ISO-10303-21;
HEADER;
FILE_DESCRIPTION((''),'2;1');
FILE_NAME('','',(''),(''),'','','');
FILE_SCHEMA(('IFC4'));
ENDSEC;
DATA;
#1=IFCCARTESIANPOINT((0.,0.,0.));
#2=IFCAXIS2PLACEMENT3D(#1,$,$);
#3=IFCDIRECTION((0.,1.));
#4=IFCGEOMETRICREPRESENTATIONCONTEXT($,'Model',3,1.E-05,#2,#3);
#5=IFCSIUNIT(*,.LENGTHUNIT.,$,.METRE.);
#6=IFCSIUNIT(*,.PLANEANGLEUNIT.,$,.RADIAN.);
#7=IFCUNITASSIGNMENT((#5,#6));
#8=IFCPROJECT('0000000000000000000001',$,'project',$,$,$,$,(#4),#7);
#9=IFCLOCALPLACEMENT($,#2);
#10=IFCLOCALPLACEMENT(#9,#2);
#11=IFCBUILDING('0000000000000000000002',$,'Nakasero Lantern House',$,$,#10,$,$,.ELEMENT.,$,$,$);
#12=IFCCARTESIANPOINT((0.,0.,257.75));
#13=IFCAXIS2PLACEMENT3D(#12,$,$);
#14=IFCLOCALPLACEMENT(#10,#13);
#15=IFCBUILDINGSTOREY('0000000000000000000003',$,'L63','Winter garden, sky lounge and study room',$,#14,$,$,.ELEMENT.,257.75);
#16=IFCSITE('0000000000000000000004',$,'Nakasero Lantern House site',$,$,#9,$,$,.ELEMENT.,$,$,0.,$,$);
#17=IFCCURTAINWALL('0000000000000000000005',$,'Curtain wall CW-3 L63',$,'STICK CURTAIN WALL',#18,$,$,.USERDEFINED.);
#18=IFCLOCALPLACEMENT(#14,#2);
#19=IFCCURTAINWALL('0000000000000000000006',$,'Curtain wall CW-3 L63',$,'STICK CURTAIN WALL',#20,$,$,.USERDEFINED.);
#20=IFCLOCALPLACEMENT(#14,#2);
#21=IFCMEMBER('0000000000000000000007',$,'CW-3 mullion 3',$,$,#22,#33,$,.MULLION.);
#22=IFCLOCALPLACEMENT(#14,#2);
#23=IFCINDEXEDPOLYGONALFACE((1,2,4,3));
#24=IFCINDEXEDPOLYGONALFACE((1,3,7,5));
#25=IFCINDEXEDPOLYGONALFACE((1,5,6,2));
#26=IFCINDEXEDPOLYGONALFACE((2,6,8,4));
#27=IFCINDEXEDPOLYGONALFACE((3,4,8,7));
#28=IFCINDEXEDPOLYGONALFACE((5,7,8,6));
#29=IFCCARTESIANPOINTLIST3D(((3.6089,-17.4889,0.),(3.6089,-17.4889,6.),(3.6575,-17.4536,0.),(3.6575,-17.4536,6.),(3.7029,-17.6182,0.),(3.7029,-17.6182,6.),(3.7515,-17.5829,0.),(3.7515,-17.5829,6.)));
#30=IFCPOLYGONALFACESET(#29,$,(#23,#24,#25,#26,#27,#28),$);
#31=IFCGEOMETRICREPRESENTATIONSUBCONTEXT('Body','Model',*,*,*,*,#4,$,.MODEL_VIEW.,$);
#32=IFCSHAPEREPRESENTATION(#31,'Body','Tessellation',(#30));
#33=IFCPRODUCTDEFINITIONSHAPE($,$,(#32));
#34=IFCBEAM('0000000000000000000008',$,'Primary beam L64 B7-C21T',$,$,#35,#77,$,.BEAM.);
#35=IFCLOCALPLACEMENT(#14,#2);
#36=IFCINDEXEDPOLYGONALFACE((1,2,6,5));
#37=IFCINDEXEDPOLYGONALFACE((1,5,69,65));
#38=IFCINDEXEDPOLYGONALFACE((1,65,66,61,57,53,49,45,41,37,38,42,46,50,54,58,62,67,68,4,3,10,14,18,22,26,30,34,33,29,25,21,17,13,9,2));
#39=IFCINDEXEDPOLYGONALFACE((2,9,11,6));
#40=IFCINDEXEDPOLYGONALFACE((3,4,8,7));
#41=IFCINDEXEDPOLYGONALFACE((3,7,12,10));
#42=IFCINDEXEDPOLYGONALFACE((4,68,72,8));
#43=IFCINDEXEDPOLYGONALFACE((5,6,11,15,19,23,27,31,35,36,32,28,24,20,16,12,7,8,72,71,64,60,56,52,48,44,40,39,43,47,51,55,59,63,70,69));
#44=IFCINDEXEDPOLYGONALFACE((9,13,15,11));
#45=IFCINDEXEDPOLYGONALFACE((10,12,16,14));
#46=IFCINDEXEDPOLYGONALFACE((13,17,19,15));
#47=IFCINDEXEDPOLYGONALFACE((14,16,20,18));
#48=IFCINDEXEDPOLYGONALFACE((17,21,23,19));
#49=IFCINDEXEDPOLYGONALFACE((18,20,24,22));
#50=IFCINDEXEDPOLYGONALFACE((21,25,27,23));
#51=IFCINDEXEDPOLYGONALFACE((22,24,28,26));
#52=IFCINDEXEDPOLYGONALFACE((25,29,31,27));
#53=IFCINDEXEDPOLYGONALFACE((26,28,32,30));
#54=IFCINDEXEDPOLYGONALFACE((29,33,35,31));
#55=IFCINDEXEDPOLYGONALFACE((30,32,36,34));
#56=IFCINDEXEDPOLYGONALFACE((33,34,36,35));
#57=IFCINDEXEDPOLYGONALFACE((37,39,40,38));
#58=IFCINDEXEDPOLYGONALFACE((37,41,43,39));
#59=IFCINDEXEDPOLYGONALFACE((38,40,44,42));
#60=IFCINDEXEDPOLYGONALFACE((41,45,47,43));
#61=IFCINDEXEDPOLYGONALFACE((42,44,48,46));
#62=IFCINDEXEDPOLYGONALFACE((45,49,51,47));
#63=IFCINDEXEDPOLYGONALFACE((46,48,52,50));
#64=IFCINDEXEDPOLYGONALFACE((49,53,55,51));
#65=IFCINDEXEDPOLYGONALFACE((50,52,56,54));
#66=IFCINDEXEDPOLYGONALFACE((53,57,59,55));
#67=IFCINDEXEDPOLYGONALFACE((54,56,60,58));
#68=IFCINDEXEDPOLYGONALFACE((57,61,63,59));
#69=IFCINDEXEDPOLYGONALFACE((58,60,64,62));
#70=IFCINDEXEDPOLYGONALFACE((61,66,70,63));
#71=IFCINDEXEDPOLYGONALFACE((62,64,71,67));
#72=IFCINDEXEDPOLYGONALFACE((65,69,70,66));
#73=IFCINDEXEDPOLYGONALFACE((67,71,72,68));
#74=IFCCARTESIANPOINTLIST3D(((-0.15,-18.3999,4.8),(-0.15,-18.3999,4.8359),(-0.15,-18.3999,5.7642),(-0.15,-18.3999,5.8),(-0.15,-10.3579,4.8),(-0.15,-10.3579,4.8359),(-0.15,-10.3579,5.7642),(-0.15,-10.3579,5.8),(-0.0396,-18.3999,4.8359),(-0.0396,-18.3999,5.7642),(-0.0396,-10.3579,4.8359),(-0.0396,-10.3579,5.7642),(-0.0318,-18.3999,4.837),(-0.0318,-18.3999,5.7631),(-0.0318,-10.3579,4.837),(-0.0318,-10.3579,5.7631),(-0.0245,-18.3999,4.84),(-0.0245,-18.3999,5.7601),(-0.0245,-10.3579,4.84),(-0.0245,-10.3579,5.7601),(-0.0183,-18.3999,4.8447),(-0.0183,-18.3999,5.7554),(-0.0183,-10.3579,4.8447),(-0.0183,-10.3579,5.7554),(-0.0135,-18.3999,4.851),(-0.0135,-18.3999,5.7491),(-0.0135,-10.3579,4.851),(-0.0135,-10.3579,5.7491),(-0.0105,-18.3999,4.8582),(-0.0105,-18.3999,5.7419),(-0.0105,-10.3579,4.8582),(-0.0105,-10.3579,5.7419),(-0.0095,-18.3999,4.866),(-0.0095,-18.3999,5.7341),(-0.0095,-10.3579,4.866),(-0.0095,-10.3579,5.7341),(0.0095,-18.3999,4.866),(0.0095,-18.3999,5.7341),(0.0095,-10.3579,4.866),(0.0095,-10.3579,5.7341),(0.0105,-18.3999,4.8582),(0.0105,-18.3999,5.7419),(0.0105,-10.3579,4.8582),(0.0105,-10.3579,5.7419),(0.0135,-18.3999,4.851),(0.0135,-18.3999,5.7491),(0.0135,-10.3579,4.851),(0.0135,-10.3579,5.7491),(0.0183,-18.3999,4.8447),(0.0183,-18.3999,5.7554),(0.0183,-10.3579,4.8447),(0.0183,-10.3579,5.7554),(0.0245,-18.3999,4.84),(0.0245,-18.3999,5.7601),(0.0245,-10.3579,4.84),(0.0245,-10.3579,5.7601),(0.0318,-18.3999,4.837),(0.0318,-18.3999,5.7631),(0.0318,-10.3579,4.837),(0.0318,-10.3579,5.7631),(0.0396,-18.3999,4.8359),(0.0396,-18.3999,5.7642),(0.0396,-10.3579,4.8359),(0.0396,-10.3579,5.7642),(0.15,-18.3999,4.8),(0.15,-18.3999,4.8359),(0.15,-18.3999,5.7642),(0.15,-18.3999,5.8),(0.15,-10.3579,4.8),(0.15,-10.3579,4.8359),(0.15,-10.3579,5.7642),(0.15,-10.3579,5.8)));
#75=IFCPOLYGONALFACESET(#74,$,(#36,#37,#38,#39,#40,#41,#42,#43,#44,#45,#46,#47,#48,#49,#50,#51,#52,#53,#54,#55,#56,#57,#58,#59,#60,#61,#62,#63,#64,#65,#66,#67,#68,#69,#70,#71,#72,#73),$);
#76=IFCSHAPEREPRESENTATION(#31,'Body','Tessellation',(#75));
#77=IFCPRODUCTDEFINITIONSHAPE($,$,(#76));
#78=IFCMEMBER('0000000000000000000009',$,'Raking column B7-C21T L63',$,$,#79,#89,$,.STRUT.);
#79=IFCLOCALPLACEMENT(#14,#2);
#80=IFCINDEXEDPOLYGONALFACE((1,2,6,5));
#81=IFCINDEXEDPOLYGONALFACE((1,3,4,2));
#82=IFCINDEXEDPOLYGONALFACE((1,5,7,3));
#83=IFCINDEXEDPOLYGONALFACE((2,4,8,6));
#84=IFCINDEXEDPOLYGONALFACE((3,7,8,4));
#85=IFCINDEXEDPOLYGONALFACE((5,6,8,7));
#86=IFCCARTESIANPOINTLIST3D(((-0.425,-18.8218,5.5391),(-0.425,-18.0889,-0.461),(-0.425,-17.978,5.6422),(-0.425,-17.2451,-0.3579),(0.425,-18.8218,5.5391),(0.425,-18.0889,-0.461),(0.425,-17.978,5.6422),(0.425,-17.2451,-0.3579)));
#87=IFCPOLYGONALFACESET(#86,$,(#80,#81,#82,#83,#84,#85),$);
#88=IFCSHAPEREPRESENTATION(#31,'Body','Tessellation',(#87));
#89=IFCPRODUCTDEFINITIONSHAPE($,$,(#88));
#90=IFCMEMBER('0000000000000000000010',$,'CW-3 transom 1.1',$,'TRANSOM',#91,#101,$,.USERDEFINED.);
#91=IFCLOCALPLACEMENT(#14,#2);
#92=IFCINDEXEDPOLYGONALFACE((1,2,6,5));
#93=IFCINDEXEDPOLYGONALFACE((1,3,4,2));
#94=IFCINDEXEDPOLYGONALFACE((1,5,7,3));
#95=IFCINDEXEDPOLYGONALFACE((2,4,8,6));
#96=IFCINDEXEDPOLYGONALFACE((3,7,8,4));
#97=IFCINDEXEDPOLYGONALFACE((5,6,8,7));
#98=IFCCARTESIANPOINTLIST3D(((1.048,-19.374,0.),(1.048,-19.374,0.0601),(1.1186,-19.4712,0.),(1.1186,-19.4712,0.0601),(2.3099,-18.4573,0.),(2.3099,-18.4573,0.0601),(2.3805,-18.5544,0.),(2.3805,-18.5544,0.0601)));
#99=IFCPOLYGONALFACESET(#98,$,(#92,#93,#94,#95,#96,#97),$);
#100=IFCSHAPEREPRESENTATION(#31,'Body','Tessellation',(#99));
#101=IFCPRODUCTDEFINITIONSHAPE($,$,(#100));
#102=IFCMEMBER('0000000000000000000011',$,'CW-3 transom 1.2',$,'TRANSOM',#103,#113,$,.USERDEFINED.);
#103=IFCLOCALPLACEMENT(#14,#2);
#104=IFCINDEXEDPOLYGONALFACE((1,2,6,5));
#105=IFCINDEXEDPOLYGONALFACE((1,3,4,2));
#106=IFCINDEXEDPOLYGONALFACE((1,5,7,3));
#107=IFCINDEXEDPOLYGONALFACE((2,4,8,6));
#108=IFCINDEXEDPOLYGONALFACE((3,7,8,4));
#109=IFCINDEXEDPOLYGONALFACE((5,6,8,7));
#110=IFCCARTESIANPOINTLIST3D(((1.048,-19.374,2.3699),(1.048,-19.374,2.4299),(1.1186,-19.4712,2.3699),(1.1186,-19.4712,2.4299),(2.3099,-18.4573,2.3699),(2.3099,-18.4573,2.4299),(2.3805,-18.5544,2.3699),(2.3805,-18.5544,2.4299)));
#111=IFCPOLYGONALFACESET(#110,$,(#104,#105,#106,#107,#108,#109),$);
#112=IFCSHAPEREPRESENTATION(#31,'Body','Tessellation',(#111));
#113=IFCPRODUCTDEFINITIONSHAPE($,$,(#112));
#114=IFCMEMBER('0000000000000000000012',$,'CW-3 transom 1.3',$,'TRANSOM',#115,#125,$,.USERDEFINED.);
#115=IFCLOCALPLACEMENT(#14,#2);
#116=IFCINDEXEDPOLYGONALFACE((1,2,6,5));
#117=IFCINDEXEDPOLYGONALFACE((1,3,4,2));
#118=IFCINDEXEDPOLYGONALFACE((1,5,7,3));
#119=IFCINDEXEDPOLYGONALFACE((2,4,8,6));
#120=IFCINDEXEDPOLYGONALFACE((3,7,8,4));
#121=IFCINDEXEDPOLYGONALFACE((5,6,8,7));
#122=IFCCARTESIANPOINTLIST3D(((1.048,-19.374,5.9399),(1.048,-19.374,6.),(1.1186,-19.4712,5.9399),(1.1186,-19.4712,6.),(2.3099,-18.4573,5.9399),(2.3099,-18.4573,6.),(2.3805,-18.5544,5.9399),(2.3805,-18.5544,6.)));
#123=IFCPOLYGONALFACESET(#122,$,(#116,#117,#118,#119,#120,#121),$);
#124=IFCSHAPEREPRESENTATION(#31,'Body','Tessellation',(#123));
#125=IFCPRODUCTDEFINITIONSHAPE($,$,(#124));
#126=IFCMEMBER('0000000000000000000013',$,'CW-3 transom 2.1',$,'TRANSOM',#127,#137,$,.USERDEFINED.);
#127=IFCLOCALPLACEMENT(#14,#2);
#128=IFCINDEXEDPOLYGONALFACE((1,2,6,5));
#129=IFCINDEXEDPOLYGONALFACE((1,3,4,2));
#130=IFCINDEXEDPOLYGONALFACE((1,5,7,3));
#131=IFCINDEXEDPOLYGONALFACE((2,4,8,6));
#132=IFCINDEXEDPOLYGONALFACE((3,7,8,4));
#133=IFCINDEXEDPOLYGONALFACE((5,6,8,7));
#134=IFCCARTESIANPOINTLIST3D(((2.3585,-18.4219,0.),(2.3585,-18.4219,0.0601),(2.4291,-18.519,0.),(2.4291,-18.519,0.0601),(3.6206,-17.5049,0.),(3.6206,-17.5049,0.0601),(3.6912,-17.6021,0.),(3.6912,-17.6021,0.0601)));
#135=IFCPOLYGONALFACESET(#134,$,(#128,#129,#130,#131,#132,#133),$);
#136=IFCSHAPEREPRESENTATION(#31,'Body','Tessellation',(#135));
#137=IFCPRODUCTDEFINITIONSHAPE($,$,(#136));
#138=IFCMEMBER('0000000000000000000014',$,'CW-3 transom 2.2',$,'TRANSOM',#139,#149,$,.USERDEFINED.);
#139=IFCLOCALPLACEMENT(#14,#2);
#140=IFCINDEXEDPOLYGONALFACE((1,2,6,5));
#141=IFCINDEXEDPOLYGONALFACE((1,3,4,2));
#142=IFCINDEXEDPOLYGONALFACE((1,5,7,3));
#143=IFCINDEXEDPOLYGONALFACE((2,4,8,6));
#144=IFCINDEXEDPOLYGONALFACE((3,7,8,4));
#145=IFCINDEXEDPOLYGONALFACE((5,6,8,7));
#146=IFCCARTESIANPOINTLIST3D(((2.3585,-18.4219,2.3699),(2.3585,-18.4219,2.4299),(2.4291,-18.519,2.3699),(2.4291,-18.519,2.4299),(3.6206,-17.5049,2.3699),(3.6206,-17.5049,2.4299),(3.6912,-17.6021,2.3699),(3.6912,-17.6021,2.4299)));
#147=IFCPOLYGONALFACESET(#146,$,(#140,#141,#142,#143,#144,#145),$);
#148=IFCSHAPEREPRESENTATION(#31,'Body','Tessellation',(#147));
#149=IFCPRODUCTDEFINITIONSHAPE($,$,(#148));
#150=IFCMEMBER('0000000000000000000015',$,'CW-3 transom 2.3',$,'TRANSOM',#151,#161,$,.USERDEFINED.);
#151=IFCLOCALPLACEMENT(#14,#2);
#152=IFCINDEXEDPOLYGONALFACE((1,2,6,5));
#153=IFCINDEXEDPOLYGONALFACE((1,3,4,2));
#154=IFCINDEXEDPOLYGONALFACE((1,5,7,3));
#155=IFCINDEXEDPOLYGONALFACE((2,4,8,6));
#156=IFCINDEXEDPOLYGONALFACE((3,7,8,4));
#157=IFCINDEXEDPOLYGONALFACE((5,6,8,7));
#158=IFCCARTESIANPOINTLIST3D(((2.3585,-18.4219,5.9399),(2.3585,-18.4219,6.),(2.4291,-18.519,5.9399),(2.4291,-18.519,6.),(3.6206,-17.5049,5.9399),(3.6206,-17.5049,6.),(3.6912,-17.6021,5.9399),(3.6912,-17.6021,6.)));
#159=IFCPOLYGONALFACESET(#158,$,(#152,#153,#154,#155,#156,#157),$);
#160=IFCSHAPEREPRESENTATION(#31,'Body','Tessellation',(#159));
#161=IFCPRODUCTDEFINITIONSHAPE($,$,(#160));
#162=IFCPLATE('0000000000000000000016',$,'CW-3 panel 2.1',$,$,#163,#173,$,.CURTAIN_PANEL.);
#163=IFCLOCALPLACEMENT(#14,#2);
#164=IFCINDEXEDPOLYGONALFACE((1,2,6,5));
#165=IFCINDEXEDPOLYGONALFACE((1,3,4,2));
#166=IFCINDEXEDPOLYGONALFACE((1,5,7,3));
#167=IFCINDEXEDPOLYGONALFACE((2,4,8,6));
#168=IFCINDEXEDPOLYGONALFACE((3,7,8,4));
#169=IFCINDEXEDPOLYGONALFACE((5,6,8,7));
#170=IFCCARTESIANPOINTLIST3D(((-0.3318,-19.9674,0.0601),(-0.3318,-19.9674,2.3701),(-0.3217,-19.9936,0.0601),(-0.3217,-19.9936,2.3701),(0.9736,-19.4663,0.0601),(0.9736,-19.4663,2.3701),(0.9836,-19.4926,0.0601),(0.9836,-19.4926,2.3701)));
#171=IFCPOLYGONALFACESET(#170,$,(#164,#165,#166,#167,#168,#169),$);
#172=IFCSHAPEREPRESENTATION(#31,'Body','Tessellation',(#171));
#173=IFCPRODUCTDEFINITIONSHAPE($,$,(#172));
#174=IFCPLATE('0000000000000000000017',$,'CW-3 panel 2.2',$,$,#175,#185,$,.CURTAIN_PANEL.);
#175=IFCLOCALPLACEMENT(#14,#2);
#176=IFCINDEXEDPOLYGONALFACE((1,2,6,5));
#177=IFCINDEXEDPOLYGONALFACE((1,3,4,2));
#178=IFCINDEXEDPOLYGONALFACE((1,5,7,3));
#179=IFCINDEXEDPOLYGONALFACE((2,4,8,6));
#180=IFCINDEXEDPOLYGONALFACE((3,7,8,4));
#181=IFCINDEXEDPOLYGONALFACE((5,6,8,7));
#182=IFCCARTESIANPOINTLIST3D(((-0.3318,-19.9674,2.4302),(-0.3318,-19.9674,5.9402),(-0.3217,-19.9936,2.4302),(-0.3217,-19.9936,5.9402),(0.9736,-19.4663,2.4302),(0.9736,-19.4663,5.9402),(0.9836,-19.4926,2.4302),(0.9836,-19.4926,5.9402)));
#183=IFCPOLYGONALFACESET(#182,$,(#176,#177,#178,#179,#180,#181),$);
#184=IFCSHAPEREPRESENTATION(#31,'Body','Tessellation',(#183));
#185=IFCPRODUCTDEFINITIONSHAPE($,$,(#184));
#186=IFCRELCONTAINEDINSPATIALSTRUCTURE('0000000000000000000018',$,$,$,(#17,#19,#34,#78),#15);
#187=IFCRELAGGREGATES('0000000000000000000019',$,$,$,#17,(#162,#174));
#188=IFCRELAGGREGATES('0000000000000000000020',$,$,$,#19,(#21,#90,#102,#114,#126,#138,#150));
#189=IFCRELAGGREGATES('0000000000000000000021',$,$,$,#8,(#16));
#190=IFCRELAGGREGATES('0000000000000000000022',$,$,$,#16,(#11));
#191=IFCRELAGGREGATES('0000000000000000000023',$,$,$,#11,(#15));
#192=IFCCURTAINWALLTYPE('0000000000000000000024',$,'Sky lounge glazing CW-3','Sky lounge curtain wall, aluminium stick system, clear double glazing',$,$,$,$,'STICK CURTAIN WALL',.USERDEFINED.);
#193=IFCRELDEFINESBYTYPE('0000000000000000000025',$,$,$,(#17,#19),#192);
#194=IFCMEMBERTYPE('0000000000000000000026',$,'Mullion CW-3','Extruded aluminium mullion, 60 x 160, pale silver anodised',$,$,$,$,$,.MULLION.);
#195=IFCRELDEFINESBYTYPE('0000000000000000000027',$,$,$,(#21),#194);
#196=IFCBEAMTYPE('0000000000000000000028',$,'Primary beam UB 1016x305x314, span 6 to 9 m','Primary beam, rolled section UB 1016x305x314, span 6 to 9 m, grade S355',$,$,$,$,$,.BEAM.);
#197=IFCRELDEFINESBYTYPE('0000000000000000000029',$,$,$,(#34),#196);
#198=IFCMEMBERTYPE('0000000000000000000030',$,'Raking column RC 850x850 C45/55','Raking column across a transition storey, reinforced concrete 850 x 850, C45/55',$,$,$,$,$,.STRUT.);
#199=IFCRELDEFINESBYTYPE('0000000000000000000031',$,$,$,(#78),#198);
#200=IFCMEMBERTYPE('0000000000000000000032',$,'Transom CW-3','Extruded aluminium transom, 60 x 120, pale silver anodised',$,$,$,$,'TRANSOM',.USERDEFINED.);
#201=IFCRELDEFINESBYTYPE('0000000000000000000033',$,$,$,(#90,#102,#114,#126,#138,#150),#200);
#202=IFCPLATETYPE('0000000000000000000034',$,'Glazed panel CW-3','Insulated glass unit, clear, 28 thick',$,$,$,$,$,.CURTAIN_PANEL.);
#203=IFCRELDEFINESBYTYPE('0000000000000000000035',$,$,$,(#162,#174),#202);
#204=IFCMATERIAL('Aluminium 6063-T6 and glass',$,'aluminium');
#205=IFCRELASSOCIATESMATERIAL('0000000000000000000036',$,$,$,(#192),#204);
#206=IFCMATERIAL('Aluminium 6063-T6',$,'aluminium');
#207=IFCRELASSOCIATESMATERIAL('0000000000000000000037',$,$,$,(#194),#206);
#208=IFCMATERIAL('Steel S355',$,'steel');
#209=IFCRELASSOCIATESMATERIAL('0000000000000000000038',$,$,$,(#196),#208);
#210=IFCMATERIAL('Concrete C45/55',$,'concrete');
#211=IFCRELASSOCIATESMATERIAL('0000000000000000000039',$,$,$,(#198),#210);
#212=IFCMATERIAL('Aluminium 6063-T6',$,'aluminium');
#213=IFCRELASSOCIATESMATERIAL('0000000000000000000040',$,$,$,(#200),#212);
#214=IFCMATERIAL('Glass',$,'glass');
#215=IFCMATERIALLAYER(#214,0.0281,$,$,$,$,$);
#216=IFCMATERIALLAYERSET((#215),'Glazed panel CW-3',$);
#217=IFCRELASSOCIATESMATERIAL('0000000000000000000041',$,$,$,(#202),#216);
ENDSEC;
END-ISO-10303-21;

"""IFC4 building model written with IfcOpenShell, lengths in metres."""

from ifc_helpers import new_model, si_unit, direction, frame, origin, origin_2d, place, context, subcontext, project, spatial, rectangle, i_section, extrude, material, layer, layer_set, material_profile, profile_set, type_object, element, aggregate, save


model = new_model("IFC4")

# Units and contexts
model_context = context("Model", 3, precision=1e-05, world=origin(), true_north=direction((0.0, 1.0)))
body_context = subcontext(model_context, "Body", "Model", "MODEL_VIEW")
ifc_project = project(units=[si_unit("LENGTHUNIT", "METRE"), si_unit("PLANEANGLEUNIT", "RADIAN")], contexts=[model_context])

# Site, building, storey
site_placement = place(None, origin())
site = spatial("IfcSite", under=ifc_project, at=site_placement, Name="Nakasero Lantern House site", CompositionType="ELEMENT", RefElevation=0.0)
building_placement = place(site_placement, origin())
building = spatial("IfcBuilding", under=site, at=building_placement, Name="Nakasero Lantern House", CompositionType="ELEMENT")
storey_placement = place(building_placement, frame((0.0, 0.0, 257.75)))
storey = spatial("IfcBuildingStorey", under=building, at=storey_placement, Name="L63", Description="Winter garden, sky lounge and study room", CompositionType="ELEMENT", Elevation=257.75)

# Curtain wall
ifc_material_1 = material(Name="Aluminium 6063-T6 and glass", Category="aluminium")
curtain_wall_type = type_object("IfcCurtainWallType", Name="Sky lounge glazing CW-3", Description="Sky lounge curtain wall, aluminium stick system, clear double glazing", ElementType="STICK CURTAIN WALL", PredefinedType="USERDEFINED", material=ifc_material_1)
curtain_wall_1_placement = place(storey_placement, origin())
curtain_wall_1 = element("IfcCurtainWall", 1, at=curtain_wall_1_placement, inside=storey, type_object=curtain_wall_type, Name="Curtain wall CW-3 L63", ObjectType="STICK CURTAIN WALL", PredefinedType="USERDEFINED")
ifc_material_2 = material(Name="Aluminium 6063-T6", Category="aluminium")
ifc_material_profile_1 = material_profile(ifc_material_2, rectangle(XDim=0.0601, YDim=0.1599, at=origin_2d()), Name="CW-3 mullion 60x160")
ifc_profile_set_1 = profile_set([ifc_material_profile_1], Name="Aluminium 6063-T6")
member_type_1 = type_object("IfcMemberType", Name="Mullion CW-3", Description="Extruded aluminium mullion, 60 x 160, pale silver anodised", PredefinedType="MULLION", material=ifc_profile_set_1)

# Curtain wall, member
curtain_wall_2_placement = place(storey_placement, origin())
curtain_wall_2 = element("IfcCurtainWall", 2, at=curtain_wall_2_placement, inside=storey, type_object=curtain_wall_type, Name="Curtain wall CW-3 L63", ObjectType="STICK CURTAIN WALL", PredefinedType="USERDEFINED")
member_1_placement = place(storey_placement, frame((3.6802, -17.5359, 0.0), z_axis=(0.0, 0.0, 1.0), x_axis=(0.809017, 0.587785, 0.0)))
member_1 = element("IfcMember", 3, at=member_1_placement, type_object=member_type_1, Name="CW-3 mullion 3", PredefinedType="MULLION", context=body_context, shape_type="SweptSolid", body=[
    extrude(rectangle(XDim=0.0601, YDim=0.1599, at=origin_2d()), origin(), (0.0, 0.0, 1.0), 6.0),
])

# Beam
ifc_material_3 = material(Name="Steel S355", Category="steel")
ifc_material_profile_2 = material_profile(ifc_material_3, i_section(OverallWidth=0.3, OverallDepth=1.0, WebThickness=0.019, FlangeThickness=0.0359, FilletRadius=0.03, at=origin_2d()), Name="UB 1016x305x314")
ifc_profile_set_2 = profile_set([ifc_material_profile_2], Name="Steel S355")
beam_type_1 = type_object("IfcBeamType", Name="Primary beam UB 1016x305x314, span 6 to 9 m", Description="Primary beam, rolled section UB 1016x305x314, span 6 to 9 m, grade S355", PredefinedType="BEAM", material=ifc_profile_set_2)
beam_1_placement = place(storey_placement, frame((0.0, -18.3999, 5.3), z_axis=(0.0, 1.0, 0.0), x_axis=(-1.0, 0.0, 0.0)))
element("IfcBeam", 4, at=beam_1_placement, inside=storey, type_object=beam_type_1, Name="Primary beam L64 B7-C21T", PredefinedType="BEAM", context=body_context, shape_type="SweptSolid", body=[
    extrude(i_section(OverallWidth=0.3, OverallDepth=1.0, WebThickness=0.019, FlangeThickness=0.0359, FilletRadius=0.03, at=origin_2d()), origin(), (0.0, 0.0, 1.0), 8.042),
])

# Members
ifc_material_4 = material(Name="Concrete C45/55", Category="concrete")
ifc_material_profile_3 = material_profile(ifc_material_4, rectangle(XDim=0.8501, YDim=0.8501, at=origin_2d()), Name="RC 850x850")
ifc_profile_set_3 = profile_set([ifc_material_profile_3], Name="Concrete C45/55")
member_type_2 = type_object("IfcMemberType", Name="Raking column RC 850x850 C45/55", Description="Raking column across a transition storey, reinforced concrete 850 x 850, C45/55", PredefinedType="STRUT", material=ifc_profile_set_3)
member_2_placement = place(storey_placement, frame((0.0, -17.667, -0.4094), z_axis=(0.0, -0.12125, 0.992622), x_axis=(1.0, 0.0, 0.0)))
element("IfcMember", 5, at=member_2_placement, inside=storey, type_object=member_type_2, Name="Raking column B7-C21T L63", PredefinedType="STRUT", context=body_context, shape_type="SweptSolid", body=[
    extrude(rectangle(XDim=0.8501, YDim=0.8501, at=origin_2d()), origin(), (0.0, 0.0, 1.0), 6.0447),
])
ifc_material_5 = material(Name="Aluminium 6063-T6", Category="aluminium")
ifc_material_profile_4 = material_profile(ifc_material_5, rectangle(XDim=0.0601, YDim=0.1201, at=origin_2d()), Name="CW-3 transom 60x120")
ifc_profile_set_4 = profile_set([ifc_material_profile_4], Name="Aluminium 6063-T6")
member_type_3 = type_object("IfcMemberType", Name="Transom CW-3", Description="Extruded aluminium transom, 60 x 120, pale silver anodised", ElementType="TRANSOM", PredefinedType="USERDEFINED", material=ifc_profile_set_4)
member_3_placement = place(storey_placement, frame((1.0833, -19.4226, 0.03), z_axis=(0.809054, 0.587734, 0.0), x_axis=(0.0, 0.0, 1.0)))
member_3 = element("IfcMember", 6, at=member_3_placement, type_object=member_type_3, Name="CW-3 transom 1.1", ObjectType="TRANSOM", PredefinedType="USERDEFINED", context=body_context, shape_type="SweptSolid", body=[
    extrude(rectangle(XDim=0.0601, YDim=0.1201, at=origin_2d()), origin(), (0.0, 0.0, 1.0), 1.5598),
])
member_4_placement = place(storey_placement, frame((1.0833, -19.4226, 2.3999), z_axis=(0.809054, 0.587734, 0.0), x_axis=(0.0, 0.0, 1.0)))
member_4 = element("IfcMember", 7, at=member_4_placement, type_object=member_type_3, Name="CW-3 transom 1.2", ObjectType="TRANSOM", PredefinedType="USERDEFINED", context=body_context, shape_type="SweptSolid", body=[
    extrude(rectangle(XDim=0.0601, YDim=0.1201, at=origin_2d()), origin(), (0.0, 0.0, 1.0), 1.5598),
])
member_5_placement = place(storey_placement, frame((1.0833, -19.4226, 5.97), z_axis=(0.809054, 0.587734, 0.0), x_axis=(0.0, 0.0, 1.0)))
member_5 = element("IfcMember", 8, at=member_5_placement, type_object=member_type_3, Name="CW-3 transom 1.3", ObjectType="TRANSOM", PredefinedType="USERDEFINED", context=body_context, shape_type="SweptSolid", body=[
    extrude(rectangle(XDim=0.0601, YDim=0.1201, at=origin_2d()), origin(), (0.0, 0.0, 1.0), 1.5598),
])
member_6_placement = place(storey_placement, frame((2.3938, -18.4705, 0.03), z_axis=(0.809034, 0.587762, 0.0), x_axis=(0.0, 0.0, 1.0)))
member_6 = element("IfcMember", 9, at=member_6_placement, type_object=member_type_3, Name="CW-3 transom 2.1", ObjectType="TRANSOM", PredefinedType="USERDEFINED", context=body_context, shape_type="SweptSolid", body=[
    extrude(rectangle(XDim=0.0601, YDim=0.1201, at=origin_2d()), origin(), (0.0, 0.0, 1.0), 1.5601),
])
member_7_placement = place(storey_placement, frame((2.3938, -18.4705, 2.3999), z_axis=(0.809034, 0.587762, 0.0), x_axis=(0.0, 0.0, 1.0)))
member_7 = element("IfcMember", 10, at=member_7_placement, type_object=member_type_3, Name="CW-3 transom 2.2", ObjectType="TRANSOM", PredefinedType="USERDEFINED", context=body_context, shape_type="SweptSolid", body=[
    extrude(rectangle(XDim=0.0601, YDim=0.1201, at=origin_2d()), origin(), (0.0, 0.0, 1.0), 1.5601),
])
member_8_placement = place(storey_placement, frame((2.3938, -18.4705, 5.97), z_axis=(0.809034, 0.587762, 0.0), x_axis=(0.0, 0.0, 1.0)))
member_8 = element("IfcMember", 11, at=member_8_placement, type_object=member_type_3, Name="CW-3 transom 2.3", ObjectType="TRANSOM", PredefinedType="USERDEFINED", context=body_context, shape_type="SweptSolid", body=[
    extrude(rectangle(XDim=0.0601, YDim=0.1201, at=origin_2d()), origin(), (0.0, 0.0, 1.0), 1.5601),
])

# Plates
ifc_material_6 = material(Name="Glass", Category="glass")
ifc_layer_1 = layer(ifc_material_6, 0.0281)
ifc_layer_set_1 = layer_set([ifc_layer_1], Name="Glazed panel CW-3")
plate_type = type_object("IfcPlateType", Name="Glazed panel CW-3", Description="Insulated glass unit, clear, 28 thick", PredefinedType="CURTAIN_PANEL", material=ifc_layer_set_1)
plate_1_placement = place(storey_placement, frame((0.3259, -19.73, 0.0601), z_axis=(0.0, 0.0, 1.0), x_axis=(0.93358, 0.358368, 0.0)))
plate_1 = element("IfcPlate", 12, at=plate_1_placement, type_object=plate_type, Name="CW-3 panel 2.1", PredefinedType="CURTAIN_PANEL", context=body_context, shape_type="SweptSolid", body=[
    extrude(rectangle(XDim=1.3982, YDim=0.0281, at=origin_2d()), origin(), (0.0, 0.0, 1.0), 2.3101),
])
plate_2_placement = place(storey_placement, frame((0.3259, -19.73, 2.4302), z_axis=(0.0, 0.0, 1.0), x_axis=(0.93358, 0.358368, 0.0)))
plate_2 = element("IfcPlate", 13, at=plate_2_placement, type_object=plate_type, Name="CW-3 panel 2.2", PredefinedType="CURTAIN_PANEL", context=body_context, shape_type="SweptSolid", body=[
    extrude(rectangle(XDim=1.3982, YDim=0.0281, at=origin_2d()), origin(), (0.0, 0.0, 1.0), 3.51),
])
aggregate(curtain_wall_1, [plate_1, plate_2])
aggregate(curtain_wall_2, [member_1, member_3, member_4, member_5, member_6, member_7, member_8])

save(model, "model.ifc")
